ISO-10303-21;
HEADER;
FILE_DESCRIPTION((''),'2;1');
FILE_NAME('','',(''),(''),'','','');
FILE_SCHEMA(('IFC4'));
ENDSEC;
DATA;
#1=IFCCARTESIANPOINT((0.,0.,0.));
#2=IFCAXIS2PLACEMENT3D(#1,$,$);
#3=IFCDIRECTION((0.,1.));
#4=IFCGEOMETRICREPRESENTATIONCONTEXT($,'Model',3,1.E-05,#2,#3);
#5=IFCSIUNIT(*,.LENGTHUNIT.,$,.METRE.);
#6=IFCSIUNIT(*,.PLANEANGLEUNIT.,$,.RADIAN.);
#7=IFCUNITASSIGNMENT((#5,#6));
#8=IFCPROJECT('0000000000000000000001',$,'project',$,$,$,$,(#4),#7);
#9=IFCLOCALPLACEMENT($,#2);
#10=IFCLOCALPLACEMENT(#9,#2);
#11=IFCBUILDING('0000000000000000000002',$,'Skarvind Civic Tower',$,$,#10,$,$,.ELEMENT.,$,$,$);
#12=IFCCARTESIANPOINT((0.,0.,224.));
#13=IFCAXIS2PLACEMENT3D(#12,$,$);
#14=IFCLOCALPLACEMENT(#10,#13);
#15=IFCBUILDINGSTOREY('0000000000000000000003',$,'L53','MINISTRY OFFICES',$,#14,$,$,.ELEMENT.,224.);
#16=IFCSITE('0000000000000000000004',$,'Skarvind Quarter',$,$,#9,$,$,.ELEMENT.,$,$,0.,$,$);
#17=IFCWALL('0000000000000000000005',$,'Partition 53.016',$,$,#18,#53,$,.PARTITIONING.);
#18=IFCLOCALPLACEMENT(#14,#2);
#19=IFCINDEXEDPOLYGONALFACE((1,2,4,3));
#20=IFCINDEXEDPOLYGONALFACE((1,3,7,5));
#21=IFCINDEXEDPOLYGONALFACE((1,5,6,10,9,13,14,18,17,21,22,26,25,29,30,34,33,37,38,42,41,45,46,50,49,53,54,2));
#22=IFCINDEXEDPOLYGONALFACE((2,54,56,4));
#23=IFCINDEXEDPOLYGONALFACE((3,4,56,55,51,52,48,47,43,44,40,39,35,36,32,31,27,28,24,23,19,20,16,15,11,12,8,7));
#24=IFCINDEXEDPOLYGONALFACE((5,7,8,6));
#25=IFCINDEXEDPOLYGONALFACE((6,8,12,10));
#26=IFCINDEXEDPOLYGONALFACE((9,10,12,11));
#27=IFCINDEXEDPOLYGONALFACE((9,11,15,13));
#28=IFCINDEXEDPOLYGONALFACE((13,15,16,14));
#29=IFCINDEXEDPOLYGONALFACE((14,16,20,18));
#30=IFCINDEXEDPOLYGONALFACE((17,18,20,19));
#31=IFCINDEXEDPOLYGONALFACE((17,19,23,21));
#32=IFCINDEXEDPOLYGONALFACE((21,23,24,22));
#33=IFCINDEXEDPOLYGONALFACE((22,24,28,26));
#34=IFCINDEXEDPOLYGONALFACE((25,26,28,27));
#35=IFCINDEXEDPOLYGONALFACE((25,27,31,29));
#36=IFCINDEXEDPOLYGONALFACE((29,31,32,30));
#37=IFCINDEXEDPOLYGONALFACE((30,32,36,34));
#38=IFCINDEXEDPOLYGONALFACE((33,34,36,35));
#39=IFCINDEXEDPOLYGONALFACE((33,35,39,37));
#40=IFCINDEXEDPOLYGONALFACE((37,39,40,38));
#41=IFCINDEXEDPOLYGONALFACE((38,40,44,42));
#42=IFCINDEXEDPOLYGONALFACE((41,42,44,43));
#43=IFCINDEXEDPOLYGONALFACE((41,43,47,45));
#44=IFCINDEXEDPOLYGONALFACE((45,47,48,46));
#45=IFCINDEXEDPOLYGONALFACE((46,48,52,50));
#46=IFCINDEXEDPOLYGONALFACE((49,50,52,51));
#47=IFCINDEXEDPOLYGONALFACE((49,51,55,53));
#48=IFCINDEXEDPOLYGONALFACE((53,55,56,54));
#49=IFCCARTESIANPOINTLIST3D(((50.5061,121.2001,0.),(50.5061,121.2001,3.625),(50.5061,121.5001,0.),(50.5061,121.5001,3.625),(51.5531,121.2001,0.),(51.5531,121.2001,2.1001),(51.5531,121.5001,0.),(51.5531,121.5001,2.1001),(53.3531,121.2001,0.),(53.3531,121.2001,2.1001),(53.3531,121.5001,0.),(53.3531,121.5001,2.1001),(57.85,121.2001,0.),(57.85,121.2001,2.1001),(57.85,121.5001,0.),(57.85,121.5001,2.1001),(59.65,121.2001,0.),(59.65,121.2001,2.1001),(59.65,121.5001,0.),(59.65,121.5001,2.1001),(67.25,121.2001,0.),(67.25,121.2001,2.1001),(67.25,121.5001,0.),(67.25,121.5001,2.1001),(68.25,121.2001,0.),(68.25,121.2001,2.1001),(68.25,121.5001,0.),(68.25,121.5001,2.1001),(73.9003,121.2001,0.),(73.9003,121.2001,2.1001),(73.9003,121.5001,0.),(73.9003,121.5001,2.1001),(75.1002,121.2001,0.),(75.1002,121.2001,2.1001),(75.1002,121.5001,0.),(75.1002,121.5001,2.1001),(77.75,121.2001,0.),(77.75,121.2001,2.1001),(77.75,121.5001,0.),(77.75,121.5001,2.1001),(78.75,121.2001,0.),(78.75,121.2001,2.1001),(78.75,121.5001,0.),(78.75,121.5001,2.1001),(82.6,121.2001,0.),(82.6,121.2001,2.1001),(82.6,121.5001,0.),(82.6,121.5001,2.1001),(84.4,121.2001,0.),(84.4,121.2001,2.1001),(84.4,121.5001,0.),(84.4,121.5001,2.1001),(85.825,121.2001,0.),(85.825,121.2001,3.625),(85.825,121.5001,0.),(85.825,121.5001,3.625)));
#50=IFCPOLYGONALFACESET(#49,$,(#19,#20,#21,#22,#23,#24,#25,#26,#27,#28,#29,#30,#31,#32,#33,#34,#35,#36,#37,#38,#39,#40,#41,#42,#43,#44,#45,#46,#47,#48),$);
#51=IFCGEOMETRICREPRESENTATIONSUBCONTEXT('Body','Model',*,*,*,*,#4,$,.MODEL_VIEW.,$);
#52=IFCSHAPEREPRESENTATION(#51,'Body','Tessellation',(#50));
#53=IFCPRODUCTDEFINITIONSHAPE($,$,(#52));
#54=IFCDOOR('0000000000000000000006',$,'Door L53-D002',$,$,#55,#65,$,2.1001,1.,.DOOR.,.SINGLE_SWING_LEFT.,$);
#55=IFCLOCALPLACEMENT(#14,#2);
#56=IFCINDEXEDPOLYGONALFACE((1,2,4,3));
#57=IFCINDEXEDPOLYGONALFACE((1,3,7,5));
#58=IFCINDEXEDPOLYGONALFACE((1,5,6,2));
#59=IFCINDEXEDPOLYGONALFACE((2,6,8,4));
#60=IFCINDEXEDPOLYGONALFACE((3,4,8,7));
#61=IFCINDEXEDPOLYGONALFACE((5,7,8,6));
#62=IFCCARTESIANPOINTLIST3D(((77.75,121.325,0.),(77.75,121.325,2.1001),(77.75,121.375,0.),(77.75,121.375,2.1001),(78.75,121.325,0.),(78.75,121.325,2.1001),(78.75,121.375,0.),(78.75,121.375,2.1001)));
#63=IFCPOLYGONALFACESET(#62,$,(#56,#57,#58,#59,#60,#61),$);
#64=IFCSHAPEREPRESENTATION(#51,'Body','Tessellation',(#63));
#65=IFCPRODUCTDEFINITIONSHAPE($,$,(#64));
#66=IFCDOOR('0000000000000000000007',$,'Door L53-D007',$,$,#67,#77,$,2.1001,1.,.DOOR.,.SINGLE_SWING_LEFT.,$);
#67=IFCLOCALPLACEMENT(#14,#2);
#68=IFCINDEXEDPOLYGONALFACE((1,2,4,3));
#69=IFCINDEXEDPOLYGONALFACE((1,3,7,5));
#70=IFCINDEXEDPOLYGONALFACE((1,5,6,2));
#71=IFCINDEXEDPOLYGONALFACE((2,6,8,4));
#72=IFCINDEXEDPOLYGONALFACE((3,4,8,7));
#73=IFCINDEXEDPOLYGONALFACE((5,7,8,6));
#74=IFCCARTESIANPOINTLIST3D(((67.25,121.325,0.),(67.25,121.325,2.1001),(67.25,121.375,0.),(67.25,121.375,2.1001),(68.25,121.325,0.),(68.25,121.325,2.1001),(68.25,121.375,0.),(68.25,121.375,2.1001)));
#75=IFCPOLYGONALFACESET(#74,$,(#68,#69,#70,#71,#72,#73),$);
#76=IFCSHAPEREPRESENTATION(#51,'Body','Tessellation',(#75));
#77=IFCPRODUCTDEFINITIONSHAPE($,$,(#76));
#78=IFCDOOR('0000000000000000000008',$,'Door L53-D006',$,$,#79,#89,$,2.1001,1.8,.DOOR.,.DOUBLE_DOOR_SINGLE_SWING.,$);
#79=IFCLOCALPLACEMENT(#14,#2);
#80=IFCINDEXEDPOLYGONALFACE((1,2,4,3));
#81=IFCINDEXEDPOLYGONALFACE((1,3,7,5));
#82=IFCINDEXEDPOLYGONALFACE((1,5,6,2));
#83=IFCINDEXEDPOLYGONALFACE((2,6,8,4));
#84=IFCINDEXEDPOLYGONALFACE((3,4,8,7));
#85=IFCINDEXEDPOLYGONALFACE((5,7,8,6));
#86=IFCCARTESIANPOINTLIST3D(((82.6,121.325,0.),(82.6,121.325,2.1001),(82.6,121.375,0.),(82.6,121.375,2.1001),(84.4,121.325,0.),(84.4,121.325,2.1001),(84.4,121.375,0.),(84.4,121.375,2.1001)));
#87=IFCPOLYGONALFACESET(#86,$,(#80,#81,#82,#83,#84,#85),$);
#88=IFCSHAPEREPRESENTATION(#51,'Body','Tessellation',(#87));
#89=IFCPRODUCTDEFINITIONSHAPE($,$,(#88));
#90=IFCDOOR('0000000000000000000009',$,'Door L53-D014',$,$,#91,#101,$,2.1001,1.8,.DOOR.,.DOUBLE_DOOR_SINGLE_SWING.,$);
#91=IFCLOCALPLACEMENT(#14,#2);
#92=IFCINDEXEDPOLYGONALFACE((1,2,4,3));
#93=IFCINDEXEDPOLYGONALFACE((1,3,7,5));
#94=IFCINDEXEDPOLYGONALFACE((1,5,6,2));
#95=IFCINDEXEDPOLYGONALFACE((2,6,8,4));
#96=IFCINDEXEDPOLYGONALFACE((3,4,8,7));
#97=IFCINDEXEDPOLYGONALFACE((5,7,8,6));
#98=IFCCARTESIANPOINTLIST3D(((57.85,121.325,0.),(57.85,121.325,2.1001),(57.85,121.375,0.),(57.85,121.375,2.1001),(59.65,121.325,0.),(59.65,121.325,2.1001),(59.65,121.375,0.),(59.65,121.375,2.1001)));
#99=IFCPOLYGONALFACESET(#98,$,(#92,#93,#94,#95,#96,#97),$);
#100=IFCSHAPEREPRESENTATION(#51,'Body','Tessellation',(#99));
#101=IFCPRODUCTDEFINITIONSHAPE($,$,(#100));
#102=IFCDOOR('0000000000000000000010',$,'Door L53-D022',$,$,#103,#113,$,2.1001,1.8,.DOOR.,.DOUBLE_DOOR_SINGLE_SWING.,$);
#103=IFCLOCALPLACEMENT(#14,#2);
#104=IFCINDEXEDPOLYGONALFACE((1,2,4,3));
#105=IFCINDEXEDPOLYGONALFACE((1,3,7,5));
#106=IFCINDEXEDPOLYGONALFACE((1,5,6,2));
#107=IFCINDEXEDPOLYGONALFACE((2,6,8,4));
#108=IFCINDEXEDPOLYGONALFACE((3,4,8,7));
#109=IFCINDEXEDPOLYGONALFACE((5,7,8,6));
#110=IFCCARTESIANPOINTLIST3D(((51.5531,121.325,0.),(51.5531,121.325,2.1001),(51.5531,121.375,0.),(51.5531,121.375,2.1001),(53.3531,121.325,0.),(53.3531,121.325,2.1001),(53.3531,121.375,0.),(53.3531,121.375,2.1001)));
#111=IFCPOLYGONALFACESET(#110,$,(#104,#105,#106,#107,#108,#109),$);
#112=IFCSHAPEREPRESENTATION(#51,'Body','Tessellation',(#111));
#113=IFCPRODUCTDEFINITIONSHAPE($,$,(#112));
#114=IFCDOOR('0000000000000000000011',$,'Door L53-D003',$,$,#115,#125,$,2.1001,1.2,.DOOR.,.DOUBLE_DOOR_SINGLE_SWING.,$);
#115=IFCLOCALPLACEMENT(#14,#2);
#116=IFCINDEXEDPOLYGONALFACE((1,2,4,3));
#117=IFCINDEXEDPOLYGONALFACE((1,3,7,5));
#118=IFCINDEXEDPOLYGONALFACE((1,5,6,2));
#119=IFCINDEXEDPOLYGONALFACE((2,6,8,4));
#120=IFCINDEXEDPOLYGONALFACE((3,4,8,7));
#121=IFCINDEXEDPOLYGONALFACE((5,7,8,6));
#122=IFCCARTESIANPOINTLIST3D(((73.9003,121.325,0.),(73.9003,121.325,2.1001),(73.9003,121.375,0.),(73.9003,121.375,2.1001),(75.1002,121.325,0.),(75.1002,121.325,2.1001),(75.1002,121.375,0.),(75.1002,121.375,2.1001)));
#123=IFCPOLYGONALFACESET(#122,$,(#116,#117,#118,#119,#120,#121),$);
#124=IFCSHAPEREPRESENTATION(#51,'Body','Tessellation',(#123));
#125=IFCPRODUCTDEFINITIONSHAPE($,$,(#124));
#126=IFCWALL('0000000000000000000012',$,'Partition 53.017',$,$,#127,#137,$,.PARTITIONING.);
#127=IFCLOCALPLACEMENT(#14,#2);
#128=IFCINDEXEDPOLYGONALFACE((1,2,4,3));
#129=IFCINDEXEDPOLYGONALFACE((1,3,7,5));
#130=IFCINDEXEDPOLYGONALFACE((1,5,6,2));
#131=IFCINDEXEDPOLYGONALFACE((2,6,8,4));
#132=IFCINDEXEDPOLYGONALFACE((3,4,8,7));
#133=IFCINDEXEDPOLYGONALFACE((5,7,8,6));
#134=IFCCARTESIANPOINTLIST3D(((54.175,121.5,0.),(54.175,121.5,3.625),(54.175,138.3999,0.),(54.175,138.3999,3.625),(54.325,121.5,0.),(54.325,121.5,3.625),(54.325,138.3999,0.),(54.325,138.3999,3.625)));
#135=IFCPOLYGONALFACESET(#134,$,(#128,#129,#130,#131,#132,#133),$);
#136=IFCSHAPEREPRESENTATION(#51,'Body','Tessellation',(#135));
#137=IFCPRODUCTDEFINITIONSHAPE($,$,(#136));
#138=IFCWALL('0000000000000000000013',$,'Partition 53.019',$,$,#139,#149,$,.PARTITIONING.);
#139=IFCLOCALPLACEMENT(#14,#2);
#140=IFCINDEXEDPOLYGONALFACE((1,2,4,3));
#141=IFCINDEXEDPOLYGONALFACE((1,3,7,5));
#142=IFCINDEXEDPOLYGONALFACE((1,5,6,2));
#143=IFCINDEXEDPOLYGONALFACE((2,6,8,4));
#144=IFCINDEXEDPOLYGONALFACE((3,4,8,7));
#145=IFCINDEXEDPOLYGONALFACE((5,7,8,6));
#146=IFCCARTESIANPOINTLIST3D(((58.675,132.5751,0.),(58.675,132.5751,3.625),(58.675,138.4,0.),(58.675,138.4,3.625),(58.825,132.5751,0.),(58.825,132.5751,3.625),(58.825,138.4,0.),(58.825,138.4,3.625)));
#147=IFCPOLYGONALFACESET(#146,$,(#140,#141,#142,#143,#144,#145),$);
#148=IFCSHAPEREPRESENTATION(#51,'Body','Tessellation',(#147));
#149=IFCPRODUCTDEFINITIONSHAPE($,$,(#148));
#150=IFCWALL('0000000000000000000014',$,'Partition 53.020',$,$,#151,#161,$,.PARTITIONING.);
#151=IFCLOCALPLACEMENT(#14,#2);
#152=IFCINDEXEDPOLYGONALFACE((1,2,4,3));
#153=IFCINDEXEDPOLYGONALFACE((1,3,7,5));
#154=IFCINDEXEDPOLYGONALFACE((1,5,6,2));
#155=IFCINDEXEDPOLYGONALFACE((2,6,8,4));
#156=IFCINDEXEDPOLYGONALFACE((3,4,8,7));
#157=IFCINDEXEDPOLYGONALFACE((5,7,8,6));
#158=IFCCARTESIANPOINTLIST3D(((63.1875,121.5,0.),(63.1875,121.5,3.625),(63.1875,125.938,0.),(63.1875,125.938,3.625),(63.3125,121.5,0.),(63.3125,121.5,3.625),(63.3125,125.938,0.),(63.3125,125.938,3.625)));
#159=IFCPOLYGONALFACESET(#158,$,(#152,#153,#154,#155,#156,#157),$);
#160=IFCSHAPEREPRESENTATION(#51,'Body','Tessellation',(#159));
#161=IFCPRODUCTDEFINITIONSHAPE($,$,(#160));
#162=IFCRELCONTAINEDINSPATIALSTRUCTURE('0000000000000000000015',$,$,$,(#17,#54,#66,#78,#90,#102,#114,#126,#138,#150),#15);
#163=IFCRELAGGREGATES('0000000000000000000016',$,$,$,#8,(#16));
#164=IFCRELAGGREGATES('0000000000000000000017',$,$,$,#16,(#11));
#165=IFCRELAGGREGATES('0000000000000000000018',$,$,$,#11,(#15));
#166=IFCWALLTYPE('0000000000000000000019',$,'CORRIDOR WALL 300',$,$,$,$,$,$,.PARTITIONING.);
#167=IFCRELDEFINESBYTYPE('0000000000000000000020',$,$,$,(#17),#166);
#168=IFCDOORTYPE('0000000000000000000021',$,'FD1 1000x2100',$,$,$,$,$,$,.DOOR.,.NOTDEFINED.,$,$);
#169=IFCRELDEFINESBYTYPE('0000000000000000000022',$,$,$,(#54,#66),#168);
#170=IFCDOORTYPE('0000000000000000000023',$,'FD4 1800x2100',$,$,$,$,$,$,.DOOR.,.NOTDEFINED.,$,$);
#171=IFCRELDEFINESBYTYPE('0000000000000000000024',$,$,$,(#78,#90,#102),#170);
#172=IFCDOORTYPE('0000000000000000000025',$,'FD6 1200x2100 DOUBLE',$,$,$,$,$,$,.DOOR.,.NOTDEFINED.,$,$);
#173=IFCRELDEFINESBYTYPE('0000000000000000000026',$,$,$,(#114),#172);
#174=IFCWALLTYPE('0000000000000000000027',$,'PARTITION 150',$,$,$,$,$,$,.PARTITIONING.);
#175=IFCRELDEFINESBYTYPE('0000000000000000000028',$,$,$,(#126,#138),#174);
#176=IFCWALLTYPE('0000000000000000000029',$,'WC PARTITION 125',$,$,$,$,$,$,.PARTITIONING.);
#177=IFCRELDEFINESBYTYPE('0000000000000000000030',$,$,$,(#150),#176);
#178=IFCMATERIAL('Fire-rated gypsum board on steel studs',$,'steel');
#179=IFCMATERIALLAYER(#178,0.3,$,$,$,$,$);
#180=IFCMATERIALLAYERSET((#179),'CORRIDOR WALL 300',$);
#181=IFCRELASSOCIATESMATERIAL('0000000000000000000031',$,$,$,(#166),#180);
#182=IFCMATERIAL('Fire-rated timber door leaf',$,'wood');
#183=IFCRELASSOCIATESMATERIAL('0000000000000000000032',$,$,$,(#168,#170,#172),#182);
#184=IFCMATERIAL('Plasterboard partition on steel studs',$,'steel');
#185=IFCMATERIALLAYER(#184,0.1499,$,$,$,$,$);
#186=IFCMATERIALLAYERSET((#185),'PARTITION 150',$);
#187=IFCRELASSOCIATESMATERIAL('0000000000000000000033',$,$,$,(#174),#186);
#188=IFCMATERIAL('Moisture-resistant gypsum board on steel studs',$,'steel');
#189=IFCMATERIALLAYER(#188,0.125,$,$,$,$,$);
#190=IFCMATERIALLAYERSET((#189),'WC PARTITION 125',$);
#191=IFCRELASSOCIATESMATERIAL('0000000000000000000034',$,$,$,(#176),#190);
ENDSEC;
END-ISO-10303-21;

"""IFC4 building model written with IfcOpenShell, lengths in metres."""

from ifc_helpers import new_model, si_unit, direction, frame, frame_2d, origin, place, context, subcontext, project, spatial, rectangle, extrude, material, layer, layer_set, type_object, element, fill, save


model = new_model("IFC4")

# Units and contexts
model_context = context("Model", 3, precision=1e-05, world=origin(), true_north=direction((0.0, 1.0)))
body_context = subcontext(model_context, "Body", "Model", "MODEL_VIEW")
ifc_project = project(units=[si_unit("LENGTHUNIT", "METRE"), si_unit("PLANEANGLEUNIT", "RADIAN")], contexts=[model_context])

# Site, building, storey
site_placement = place(None, origin())
site = spatial("IfcSite", under=ifc_project, at=site_placement, Name="Skarvind Quarter", CompositionType="ELEMENT", RefElevation=0.0)
building_placement = place(site_placement, origin())
building = spatial("IfcBuilding", under=site, at=building_placement, Name="Skarvind Civic Tower", CompositionType="ELEMENT")
storey_placement = place(building_placement, frame((0.0, 0.0, 224.0)))
storey = spatial("IfcBuildingStorey", under=building, at=storey_placement, Name="L53", Description="MINISTRY OFFICES", CompositionType="ELEMENT", Elevation=224.0)

# Wall, openings, doors
ifc_material_1 = material(Name="Fire-rated gypsum board on steel studs", Category="steel")
ifc_layer_1 = layer(ifc_material_1, 0.3)
ifc_layer_set_1 = layer_set([ifc_layer_1], Name="CORRIDOR WALL 300")
wall_type_1 = type_object("IfcWallType", Name="CORRIDOR WALL 300", PredefinedType="PARTITIONING", material=ifc_layer_set_1)
wall_1_placement = place(storey_placement, frame((50.5061, 121.3501, 0.0), z_axis=(0.0, 0.0, 1.0), x_axis=(1.0, 0.0, 0.0)))
wall_1 = element("IfcWall", 1, at=wall_1_placement, inside=storey, type_object=wall_type_1, Name="Partition 53.016", PredefinedType="PARTITIONING", context=body_context, shape_type="SweptSolid", body=[
    extrude(rectangle(XDim=35.3188, YDim=0.3, at=frame_2d((17.6594, 0.0))), origin(), (0.0, 0.0, 1.0), 3.625),
])
opening_1_placement = place(wall_1_placement, frame((27.2439, 0.0, 0.0)))
opening_1 = element("IfcOpeningElement", 2, at=opening_1_placement, cuts=wall_1, PredefinedType="OPENING", context=body_context, shape_type="SweptSolid", body=[
    extrude(rectangle(XDim=1.0, YDim=2.1001, at=frame_2d((0.5, 1.05))), frame((0.0, 0.1599, 0.0), z_axis=(0.0, -1.0, 0.0), x_axis=(1.0, 0.0, 0.0)), (0.0, 0.0, 1.0), 0.3201),
])
opening_2_placement = place(wall_1_placement, frame((23.394, 0.0, 0.0)))
opening_2 = element("IfcOpeningElement", 3, at=opening_2_placement, cuts=wall_1, PredefinedType="OPENING", context=body_context, shape_type="SweptSolid", body=[
    extrude(rectangle(XDim=1.2, YDim=2.1001, at=frame_2d((0.6001, 1.05))), frame((0.0, 0.1599, 0.0), z_axis=(0.0, -1.0, 0.0), x_axis=(1.0, 0.0, 0.0)), (0.0, 0.0, 1.0), 0.3201),
])
opening_3_placement = place(wall_1_placement, frame((32.094, 0.0, 0.0)))
opening_3 = element("IfcOpeningElement", 4, at=opening_3_placement, cuts=wall_1, PredefinedType="OPENING", context=body_context, shape_type="SweptSolid", body=[
    extrude(rectangle(XDim=1.8, YDim=2.1001, at=frame_2d((0.8999, 1.05))), frame((0.0, 0.1599, 0.0), z_axis=(0.0, -1.0, 0.0), x_axis=(1.0, 0.0, 0.0)), (0.0, 0.0, 1.0), 0.3201),
])
opening_4_placement = place(wall_1_placement, frame((16.7439, 0.0, 0.0)))
opening_4 = element("IfcOpeningElement", 5, at=opening_4_placement, cuts=wall_1, PredefinedType="OPENING", context=body_context, shape_type="SweptSolid", body=[
    extrude(rectangle(XDim=1.0, YDim=2.1001, at=frame_2d((0.5, 1.05))), frame((0.0, 0.1599, 0.0), z_axis=(0.0, -1.0, 0.0), x_axis=(1.0, 0.0, 0.0)), (0.0, 0.0, 1.0), 0.3201),
])
opening_5_placement = place(wall_1_placement, frame((7.344, 0.0, 0.0)))
opening_5 = element("IfcOpeningElement", 6, at=opening_5_placement, cuts=wall_1, PredefinedType="OPENING", context=body_context, shape_type="SweptSolid", body=[
    extrude(rectangle(XDim=1.8, YDim=2.1001, at=frame_2d((0.8999, 1.05))), frame((0.0, 0.1599, 0.0), z_axis=(0.0, -1.0, 0.0), x_axis=(1.0, 0.0, 0.0)), (0.0, 0.0, 1.0), 0.3201),
])
opening_6_placement = place(wall_1_placement, frame((1.0471, 0.0, 0.0)))
opening_6 = element("IfcOpeningElement", 7, at=opening_6_placement, cuts=wall_1, PredefinedType="OPENING", context=body_context, shape_type="SweptSolid", body=[
    extrude(rectangle(XDim=1.8, YDim=2.1001, at=frame_2d((0.8999, 1.05))), frame((0.0, 0.1599, 0.0), z_axis=(0.0, -1.0, 0.0), x_axis=(1.0, 0.0, 0.0)), (0.0, 0.0, 1.0), 0.3201),
])
ifc_material_2 = material(Name="Fire-rated timber door leaf", Category="wood")
door_type_1 = type_object("IfcDoorType", Name="FD1 1000x2100", OperationType="NOTDEFINED", PredefinedType="DOOR", material=ifc_material_2)
door_1_placement = place(opening_1_placement, origin())
door_1 = element("IfcDoor", 8, at=door_1_placement, inside=storey, type_object=door_type_1, Name="Door L53-D002", OperationType="SINGLE_SWING_LEFT", OverallHeight=2.1001, OverallWidth=1.0, PredefinedType="DOOR", context=body_context, shape_type="SweptSolid", body=[
    extrude(rectangle(XDim=1.0, YDim=2.1001, at=frame_2d((0.5, 1.05))), frame((0.0, 0.0249, 0.0), z_axis=(0.0, -1.0, 0.0), x_axis=(1.0, 0.0, 0.0)), (0.0, 0.0, 1.0), 0.05),
])
fill(opening_1, door_1)
door_2_placement = place(opening_4_placement, origin())
door_2 = element("IfcDoor", 9, at=door_2_placement, inside=storey, type_object=door_type_1, Name="Door L53-D007", OperationType="SINGLE_SWING_LEFT", OverallHeight=2.1001, OverallWidth=1.0, PredefinedType="DOOR", context=body_context, shape_type="SweptSolid", body=[
    extrude(rectangle(XDim=1.0, YDim=2.1001, at=frame_2d((0.5, 1.05))), frame((0.0, 0.0249, 0.0), z_axis=(0.0, -1.0, 0.0), x_axis=(1.0, 0.0, 0.0)), (0.0, 0.0, 1.0), 0.05),
])
fill(opening_4, door_2)
door_type_2 = type_object("IfcDoorType", Name="FD4 1800x2100", OperationType="NOTDEFINED", PredefinedType="DOOR", material=ifc_material_2)
door_3_placement = place(opening_3_placement, origin())
door_3 = element("IfcDoor", 10, at=door_3_placement, inside=storey, type_object=door_type_2, Name="Door L53-D006", OperationType="DOUBLE_DOOR_SINGLE_SWING", OverallHeight=2.1001, OverallWidth=1.8, PredefinedType="DOOR", context=body_context, shape_type="SweptSolid", body=[
    extrude(rectangle(XDim=1.8, YDim=2.1001, at=frame_2d((0.8999, 1.05))), frame((0.0, 0.0249, 0.0), z_axis=(0.0, -1.0, 0.0), x_axis=(1.0, 0.0, 0.0)), (0.0, 0.0, 1.0), 0.05),
])
fill(opening_3, door_3)
door_4_placement = place(opening_5_placement, origin())
door_4 = element("IfcDoor", 11, at=door_4_placement, inside=storey, type_object=door_type_2, Name="Door L53-D014", OperationType="DOUBLE_DOOR_SINGLE_SWING", OverallHeight=2.1001, OverallWidth=1.8, PredefinedType="DOOR", context=body_context, shape_type="SweptSolid", body=[
    extrude(rectangle(XDim=1.8, YDim=2.1001, at=frame_2d((0.8999, 1.05))), frame((0.0, 0.0249, 0.0), z_axis=(0.0, -1.0, 0.0), x_axis=(1.0, 0.0, 0.0)), (0.0, 0.0, 1.0), 0.05),
])
fill(opening_5, door_4)
door_5_placement = place(opening_6_placement, origin())
door_5 = element("IfcDoor", 12, at=door_5_placement, inside=storey, type_object=door_type_2, Name="Door L53-D022", OperationType="DOUBLE_DOOR_SINGLE_SWING", OverallHeight=2.1001, OverallWidth=1.8, PredefinedType="DOOR", context=body_context, shape_type="SweptSolid", body=[
    extrude(rectangle(XDim=1.8, YDim=2.1001, at=frame_2d((0.8999, 1.05))), frame((0.0, 0.0249, 0.0), z_axis=(0.0, -1.0, 0.0), x_axis=(1.0, 0.0, 0.0)), (0.0, 0.0, 1.0), 0.05),
])
fill(opening_6, door_5)
door_type_3 = type_object("IfcDoorType", Name="FD6 1200x2100 DOUBLE", OperationType="NOTDEFINED", PredefinedType="DOOR", material=ifc_material_2)
door_6_placement = place(opening_2_placement, origin())
door_6 = element("IfcDoor", 13, at=door_6_placement, inside=storey, type_object=door_type_3, Name="Door L53-D003", OperationType="DOUBLE_DOOR_SINGLE_SWING", OverallHeight=2.1001, OverallWidth=1.2, PredefinedType="DOOR", context=body_context, shape_type="SweptSolid", body=[
    extrude(rectangle(XDim=1.2, YDim=2.1001, at=frame_2d((0.6001, 1.05))), frame((0.0, 0.0249, 0.0), z_axis=(0.0, -1.0, 0.0), x_axis=(1.0, 0.0, 0.0)), (0.0, 0.0, 1.0), 0.05),
])
fill(opening_2, door_6)

# Walls
ifc_material_3 = material(Name="Plasterboard partition on steel studs", Category="steel")
ifc_layer_2 = layer(ifc_material_3, 0.1499)
ifc_layer_set_2 = layer_set([ifc_layer_2], Name="PARTITION 150")
wall_type_2 = type_object("IfcWallType", Name="PARTITION 150", PredefinedType="PARTITIONING", material=ifc_layer_set_2)
wall_2_placement = place(storey_placement, frame((54.25, 121.5, 0.0), z_axis=(0.0, 0.0, 1.0), x_axis=(0.0, 1.0, 0.0)))
element("IfcWall", 14, at=wall_2_placement, inside=storey, type_object=wall_type_2, Name="Partition 53.017", PredefinedType="PARTITIONING", context=body_context, shape_type="SweptSolid", body=[
    extrude(rectangle(XDim=16.8999, YDim=0.1499, at=frame_2d((8.45, 0.0))), origin(), (0.0, 0.0, 1.0), 3.625),
])
wall_3_placement = place(storey_placement, frame((58.75, 132.575, 0.0), z_axis=(0.0, 0.0, 1.0), x_axis=(0.0, 1.0, 0.0)))
element("IfcWall", 15, at=wall_3_placement, inside=storey, type_object=wall_type_2, Name="Partition 53.019", PredefinedType="PARTITIONING", context=body_context, shape_type="SweptSolid", body=[
    extrude(rectangle(XDim=5.825, YDim=0.1499, at=frame_2d((2.9126, 0.0))), origin(), (0.0, 0.0, 1.0), 3.625),
])
ifc_material_4 = material(Name="Moisture-resistant gypsum board on steel studs", Category="steel")
ifc_layer_3 = layer(ifc_material_4, 0.125)
ifc_layer_set_3 = layer_set([ifc_layer_3], Name="WC PARTITION 125")
wall_type_3 = type_object("IfcWallType", Name="WC PARTITION 125", PredefinedType="PARTITIONING", material=ifc_layer_set_3)
wall_4_placement = place(storey_placement, frame((63.25, 121.5, 0.0), z_axis=(0.0, 0.0, 1.0), x_axis=(0.0, 1.0, 0.0)))
element("IfcWall", 16, at=wall_4_placement, inside=storey, type_object=wall_type_3, Name="Partition 53.020", PredefinedType="PARTITIONING", context=body_context, shape_type="SweptSolid", body=[
    extrude(rectangle(XDim=4.438, YDim=0.125, at=frame_2d((2.219, 0.0))), origin(), (0.0, 0.0, 1.0), 3.625),
])

save(model, "model.ifc")
